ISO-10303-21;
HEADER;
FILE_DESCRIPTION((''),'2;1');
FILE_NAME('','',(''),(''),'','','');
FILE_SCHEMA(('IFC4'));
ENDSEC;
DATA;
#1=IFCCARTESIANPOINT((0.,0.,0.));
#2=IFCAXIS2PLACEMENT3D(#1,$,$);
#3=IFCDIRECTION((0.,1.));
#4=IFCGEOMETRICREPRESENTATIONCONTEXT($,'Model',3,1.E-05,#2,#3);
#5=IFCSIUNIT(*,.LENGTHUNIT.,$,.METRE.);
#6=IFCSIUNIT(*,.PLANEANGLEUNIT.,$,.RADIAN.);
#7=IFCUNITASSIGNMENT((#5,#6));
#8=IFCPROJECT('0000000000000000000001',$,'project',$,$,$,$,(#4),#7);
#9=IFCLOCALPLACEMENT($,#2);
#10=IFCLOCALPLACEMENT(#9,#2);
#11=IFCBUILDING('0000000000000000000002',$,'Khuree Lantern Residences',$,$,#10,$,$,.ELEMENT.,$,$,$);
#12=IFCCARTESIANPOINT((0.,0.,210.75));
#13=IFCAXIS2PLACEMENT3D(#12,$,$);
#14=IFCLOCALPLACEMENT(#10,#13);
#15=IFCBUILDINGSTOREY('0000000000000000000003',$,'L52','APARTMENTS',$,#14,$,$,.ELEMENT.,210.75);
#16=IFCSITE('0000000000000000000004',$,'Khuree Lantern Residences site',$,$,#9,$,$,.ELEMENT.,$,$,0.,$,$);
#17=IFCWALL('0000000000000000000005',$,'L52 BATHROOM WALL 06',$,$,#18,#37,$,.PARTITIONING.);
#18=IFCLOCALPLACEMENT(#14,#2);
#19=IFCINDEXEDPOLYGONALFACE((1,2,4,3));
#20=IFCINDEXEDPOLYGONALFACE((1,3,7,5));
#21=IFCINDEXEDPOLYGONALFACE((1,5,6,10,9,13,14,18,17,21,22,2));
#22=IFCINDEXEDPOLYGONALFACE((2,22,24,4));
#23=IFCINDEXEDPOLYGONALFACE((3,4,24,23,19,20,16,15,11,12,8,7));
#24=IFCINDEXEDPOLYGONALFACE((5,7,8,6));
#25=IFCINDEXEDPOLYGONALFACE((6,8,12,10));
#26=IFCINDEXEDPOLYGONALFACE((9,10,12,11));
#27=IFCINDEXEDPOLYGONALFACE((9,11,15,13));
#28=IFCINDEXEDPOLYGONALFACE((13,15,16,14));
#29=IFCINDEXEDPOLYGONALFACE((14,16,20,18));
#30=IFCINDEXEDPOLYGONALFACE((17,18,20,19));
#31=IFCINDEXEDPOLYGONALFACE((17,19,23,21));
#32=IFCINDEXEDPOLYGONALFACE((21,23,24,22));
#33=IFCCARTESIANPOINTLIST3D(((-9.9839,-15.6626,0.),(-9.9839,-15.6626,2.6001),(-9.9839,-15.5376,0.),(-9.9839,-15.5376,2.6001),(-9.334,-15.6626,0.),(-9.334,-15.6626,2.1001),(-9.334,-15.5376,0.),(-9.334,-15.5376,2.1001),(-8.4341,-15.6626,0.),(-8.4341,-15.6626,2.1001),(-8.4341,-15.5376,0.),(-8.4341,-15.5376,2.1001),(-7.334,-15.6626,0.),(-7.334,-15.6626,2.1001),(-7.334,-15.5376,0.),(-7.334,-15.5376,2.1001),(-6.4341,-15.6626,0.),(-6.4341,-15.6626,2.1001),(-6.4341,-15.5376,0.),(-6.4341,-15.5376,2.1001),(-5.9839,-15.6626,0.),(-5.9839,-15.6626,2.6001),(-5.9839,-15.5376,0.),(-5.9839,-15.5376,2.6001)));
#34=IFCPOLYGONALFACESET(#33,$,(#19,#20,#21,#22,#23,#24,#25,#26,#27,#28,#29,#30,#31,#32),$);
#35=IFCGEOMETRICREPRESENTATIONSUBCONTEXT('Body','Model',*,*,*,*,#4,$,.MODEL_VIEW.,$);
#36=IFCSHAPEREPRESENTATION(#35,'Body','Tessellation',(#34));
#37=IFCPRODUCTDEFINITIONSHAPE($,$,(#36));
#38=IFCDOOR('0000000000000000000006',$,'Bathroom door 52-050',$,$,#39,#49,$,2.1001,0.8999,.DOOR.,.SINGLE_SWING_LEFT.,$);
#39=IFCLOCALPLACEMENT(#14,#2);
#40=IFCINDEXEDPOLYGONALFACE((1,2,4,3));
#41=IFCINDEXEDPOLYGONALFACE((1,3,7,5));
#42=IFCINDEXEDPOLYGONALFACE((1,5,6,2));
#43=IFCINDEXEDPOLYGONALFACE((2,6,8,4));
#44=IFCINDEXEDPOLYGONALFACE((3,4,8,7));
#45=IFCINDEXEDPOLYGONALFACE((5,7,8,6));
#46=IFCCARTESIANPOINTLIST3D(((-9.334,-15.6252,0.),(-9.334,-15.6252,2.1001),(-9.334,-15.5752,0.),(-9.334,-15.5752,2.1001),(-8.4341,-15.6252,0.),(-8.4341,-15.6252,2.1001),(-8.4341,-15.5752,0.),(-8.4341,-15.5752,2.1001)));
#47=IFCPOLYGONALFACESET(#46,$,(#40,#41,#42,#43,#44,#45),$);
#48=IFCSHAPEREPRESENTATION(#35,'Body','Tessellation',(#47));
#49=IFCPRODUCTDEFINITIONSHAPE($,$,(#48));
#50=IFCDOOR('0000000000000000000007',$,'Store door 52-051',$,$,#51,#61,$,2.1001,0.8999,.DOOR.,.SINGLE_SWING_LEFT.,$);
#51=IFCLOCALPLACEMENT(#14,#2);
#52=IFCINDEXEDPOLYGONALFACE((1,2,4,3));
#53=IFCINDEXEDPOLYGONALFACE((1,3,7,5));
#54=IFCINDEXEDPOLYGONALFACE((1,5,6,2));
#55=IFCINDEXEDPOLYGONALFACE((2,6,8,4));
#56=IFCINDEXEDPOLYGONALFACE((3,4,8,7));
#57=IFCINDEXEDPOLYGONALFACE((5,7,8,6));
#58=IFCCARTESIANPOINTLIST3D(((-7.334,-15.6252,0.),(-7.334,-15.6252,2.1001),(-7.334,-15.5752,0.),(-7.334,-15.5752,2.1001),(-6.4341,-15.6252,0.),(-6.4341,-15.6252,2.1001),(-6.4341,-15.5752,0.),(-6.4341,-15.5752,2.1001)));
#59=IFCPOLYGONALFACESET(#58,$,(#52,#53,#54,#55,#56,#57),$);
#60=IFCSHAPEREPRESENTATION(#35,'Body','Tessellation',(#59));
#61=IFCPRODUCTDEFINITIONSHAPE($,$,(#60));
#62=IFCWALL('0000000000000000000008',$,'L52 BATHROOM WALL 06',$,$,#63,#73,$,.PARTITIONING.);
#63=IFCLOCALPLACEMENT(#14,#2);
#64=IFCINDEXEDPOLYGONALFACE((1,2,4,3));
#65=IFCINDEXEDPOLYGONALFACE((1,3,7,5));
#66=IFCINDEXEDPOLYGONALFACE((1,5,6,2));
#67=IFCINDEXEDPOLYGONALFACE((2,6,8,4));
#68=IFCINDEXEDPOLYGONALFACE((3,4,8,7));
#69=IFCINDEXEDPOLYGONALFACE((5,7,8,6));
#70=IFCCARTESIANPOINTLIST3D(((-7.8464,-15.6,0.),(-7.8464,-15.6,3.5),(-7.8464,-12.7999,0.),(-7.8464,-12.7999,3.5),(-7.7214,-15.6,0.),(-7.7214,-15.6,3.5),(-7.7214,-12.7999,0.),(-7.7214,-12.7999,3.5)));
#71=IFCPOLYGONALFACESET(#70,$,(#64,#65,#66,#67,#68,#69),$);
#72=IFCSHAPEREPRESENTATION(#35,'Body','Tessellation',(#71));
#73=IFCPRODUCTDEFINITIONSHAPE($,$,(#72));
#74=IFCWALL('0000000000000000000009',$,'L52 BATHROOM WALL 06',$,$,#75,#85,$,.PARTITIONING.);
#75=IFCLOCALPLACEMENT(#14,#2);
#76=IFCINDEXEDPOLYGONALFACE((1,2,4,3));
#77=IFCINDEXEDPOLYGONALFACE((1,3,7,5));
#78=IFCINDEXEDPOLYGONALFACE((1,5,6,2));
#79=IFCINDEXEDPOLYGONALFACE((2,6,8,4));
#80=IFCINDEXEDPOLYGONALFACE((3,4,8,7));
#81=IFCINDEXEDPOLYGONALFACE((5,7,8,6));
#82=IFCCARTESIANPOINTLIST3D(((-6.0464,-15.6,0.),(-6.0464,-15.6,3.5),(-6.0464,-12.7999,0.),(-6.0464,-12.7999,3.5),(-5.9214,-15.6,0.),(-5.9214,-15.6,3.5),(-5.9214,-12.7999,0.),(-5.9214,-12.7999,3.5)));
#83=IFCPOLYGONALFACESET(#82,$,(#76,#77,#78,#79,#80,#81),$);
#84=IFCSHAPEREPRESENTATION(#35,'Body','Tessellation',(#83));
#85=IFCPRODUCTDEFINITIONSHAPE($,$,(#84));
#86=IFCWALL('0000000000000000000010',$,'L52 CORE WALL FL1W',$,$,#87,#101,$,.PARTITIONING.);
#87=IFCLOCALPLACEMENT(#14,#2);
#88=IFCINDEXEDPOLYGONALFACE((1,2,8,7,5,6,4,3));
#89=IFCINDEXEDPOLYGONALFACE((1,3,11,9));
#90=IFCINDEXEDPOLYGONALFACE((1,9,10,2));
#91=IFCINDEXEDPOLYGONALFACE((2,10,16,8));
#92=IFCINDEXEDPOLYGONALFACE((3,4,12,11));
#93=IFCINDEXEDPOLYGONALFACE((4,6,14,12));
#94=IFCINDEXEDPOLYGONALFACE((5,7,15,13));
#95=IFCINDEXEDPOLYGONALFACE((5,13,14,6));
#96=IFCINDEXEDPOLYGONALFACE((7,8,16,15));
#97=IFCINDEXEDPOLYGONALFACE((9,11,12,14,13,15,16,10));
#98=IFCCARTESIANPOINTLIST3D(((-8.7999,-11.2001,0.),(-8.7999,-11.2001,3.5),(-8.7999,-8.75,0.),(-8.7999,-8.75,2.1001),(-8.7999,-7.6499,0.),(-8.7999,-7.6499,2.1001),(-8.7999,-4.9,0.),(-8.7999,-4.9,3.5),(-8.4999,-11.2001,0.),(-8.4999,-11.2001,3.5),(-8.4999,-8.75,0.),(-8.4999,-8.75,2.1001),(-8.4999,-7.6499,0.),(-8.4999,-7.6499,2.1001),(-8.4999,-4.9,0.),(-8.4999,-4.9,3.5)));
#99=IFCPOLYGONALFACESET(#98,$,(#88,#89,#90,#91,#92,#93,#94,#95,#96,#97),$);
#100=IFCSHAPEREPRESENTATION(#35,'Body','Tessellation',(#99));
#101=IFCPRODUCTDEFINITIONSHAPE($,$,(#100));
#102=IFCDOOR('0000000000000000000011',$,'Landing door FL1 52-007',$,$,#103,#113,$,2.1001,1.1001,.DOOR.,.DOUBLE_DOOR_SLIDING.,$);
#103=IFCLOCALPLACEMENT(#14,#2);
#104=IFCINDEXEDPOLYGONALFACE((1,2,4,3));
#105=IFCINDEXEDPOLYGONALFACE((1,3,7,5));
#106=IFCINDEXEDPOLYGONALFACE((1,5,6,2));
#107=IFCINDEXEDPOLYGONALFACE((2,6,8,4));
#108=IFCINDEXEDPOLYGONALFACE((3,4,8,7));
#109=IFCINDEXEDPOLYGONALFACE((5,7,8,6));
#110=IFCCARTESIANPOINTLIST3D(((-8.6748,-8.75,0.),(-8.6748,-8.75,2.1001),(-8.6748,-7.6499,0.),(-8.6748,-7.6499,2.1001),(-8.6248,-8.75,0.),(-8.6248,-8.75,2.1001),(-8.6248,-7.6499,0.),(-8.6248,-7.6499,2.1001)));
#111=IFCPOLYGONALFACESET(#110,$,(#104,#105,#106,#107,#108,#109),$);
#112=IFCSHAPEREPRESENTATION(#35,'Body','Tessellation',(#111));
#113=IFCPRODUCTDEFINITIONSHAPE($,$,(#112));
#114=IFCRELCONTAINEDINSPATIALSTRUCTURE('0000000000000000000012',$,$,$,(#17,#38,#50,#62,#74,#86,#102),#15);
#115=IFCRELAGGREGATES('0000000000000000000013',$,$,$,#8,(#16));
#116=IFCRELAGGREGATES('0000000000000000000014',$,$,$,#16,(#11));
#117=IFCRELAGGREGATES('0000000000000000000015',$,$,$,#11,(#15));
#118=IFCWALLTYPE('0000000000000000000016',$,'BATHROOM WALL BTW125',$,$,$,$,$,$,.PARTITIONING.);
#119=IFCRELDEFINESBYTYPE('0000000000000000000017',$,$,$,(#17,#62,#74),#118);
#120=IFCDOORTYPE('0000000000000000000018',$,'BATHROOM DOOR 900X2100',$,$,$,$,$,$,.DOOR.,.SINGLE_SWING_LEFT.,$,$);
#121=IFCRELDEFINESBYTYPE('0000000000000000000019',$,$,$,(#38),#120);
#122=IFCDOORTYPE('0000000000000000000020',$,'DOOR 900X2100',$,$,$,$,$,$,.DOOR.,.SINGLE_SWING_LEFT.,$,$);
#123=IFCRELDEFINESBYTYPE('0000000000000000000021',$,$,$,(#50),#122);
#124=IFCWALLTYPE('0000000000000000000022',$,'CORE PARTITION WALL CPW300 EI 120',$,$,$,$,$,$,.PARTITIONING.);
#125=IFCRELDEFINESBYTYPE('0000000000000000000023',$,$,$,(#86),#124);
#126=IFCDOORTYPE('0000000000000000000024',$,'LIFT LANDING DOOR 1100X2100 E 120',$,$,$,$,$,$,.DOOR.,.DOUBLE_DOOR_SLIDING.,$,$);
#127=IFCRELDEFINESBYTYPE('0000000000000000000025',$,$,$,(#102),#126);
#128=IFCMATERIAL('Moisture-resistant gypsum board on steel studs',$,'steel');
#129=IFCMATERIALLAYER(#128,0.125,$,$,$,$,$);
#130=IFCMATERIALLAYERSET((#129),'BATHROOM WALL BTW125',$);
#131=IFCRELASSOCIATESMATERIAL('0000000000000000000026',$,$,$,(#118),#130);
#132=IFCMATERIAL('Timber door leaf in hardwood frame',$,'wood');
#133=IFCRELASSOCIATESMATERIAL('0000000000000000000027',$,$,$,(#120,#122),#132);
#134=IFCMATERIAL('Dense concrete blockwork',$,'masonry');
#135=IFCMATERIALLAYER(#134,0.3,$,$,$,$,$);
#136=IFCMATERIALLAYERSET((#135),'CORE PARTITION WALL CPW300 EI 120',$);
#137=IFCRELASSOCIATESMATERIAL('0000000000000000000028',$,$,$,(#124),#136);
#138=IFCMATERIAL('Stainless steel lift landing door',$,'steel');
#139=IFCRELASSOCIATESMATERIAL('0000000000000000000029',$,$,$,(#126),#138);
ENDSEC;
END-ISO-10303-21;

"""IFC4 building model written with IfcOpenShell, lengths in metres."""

from ifc_helpers import new_model, si_unit, direction, frame, frame_2d, origin, place, context, subcontext, project, spatial, rectangle, extrude, material, layer, layer_set, type_object, element, fill, save


model = new_model("IFC4")

# Units and contexts
model_context = context("Model", 3, precision=1e-05, world=origin(), true_north=direction((0.0, 1.0)))
body_context = subcontext(model_context, "Body", "Model", "MODEL_VIEW")
ifc_project = project(units=[si_unit("LENGTHUNIT", "METRE"), si_unit("PLANEANGLEUNIT", "RADIAN")], contexts=[model_context])

# Site, building, storey
site_placement = place(None, origin())
site = spatial("IfcSite", under=ifc_project, at=site_placement, Name="Khuree Lantern Residences site", CompositionType="ELEMENT", RefElevation=0.0)
building_placement = place(site_placement, origin())
building = spatial("IfcBuilding", under=site, at=building_placement, Name="Khuree Lantern Residences", CompositionType="ELEMENT")
storey_placement = place(building_placement, frame((0.0, 0.0, 210.75)))
storey = spatial("IfcBuildingStorey", under=building, at=storey_placement, Name="L52", Description="APARTMENTS", CompositionType="ELEMENT", Elevation=210.75)

# Wall, openings, doors
ifc_material_1 = material(Name="Moisture-resistant gypsum board on steel studs", Category="steel")
ifc_layer_1 = layer(ifc_material_1, 0.125)
ifc_layer_set_1 = layer_set([ifc_layer_1], Name="BATHROOM WALL BTW125")
wall_type_1 = type_object("IfcWallType", Name="BATHROOM WALL BTW125", PredefinedType="PARTITIONING", material=ifc_layer_set_1)
wall_1_placement = place(storey_placement, frame((-9.9839, -15.6001, 0.0), z_axis=(0.0, 0.0, 1.0), x_axis=(1.0, 0.0, 0.0)))
wall_1 = element("IfcWall", 1, at=wall_1_placement, inside=storey, type_object=wall_type_1, Name="L52 BATHROOM WALL 06", PredefinedType="PARTITIONING", context=body_context, shape_type="SweptSolid", body=[
    extrude(rectangle(XDim=4.0, YDim=0.125, at=frame_2d((2.0, 0.0))), origin(), (0.0, 0.0, 1.0), 2.6001),
])
opening_1_placement = place(wall_1_placement, frame((0.6499, 0.0, 0.0)))
opening_1 = element("IfcOpeningElement", 2, at=opening_1_placement, cuts=wall_1, PredefinedType="OPENING", context=body_context, shape_type="SweptSolid", body=[
    extrude(rectangle(XDim=0.8999, YDim=2.1001, at=frame_2d((0.45, 1.05))), frame((0.0, 0.0725, 0.0), z_axis=(0.0, -1.0, 0.0), x_axis=(1.0, 0.0, 0.0)), (0.0, 0.0, 1.0), 0.145),
])
opening_2_placement = place(wall_1_placement, frame((2.6499, 0.0, 0.0)))
opening_2 = element("IfcOpeningElement", 3, at=opening_2_placement, cuts=wall_1, PredefinedType="OPENING", context=body_context, shape_type="SweptSolid", body=[
    extrude(rectangle(XDim=0.8999, YDim=2.1001, at=frame_2d((0.45, 1.05))), frame((0.0, 0.0725, 0.0), z_axis=(0.0, -1.0, 0.0), x_axis=(1.0, 0.0, 0.0)), (0.0, 0.0, 1.0), 0.145),
])
ifc_material_2 = material(Name="Timber door leaf in hardwood frame", Category="wood")
door_type_1 = type_object("IfcDoorType", Name="BATHROOM DOOR 900X2100", OperationType="SINGLE_SWING_LEFT", PredefinedType="DOOR", material=ifc_material_2)
door_1_placement = place(opening_1_placement, origin())
door_1 = element("IfcDoor", 4, at=door_1_placement, inside=storey, type_object=door_type_1, Name="Bathroom door 52-050", OperationType="SINGLE_SWING_LEFT", OverallHeight=2.1001, OverallWidth=0.8999, PredefinedType="DOOR", context=body_context, shape_type="SweptSolid", body=[
    extrude(rectangle(XDim=0.8999, YDim=2.1001, at=frame_2d((0.45, 1.05))), frame((0.0, 0.0249, 0.0), z_axis=(0.0, -1.0, 0.0), x_axis=(1.0, 0.0, 0.0)), (0.0, 0.0, 1.0), 0.05),
])
fill(opening_1, door_1)
door_type_2 = type_object("IfcDoorType", Name="DOOR 900X2100", OperationType="SINGLE_SWING_LEFT", PredefinedType="DOOR", material=ifc_material_2)
door_2_placement = place(opening_2_placement, origin())
door_2 = element("IfcDoor", 5, at=door_2_placement, inside=storey, type_object=door_type_2, Name="Store door 52-051", OperationType="SINGLE_SWING_LEFT", OverallHeight=2.1001, OverallWidth=0.8999, PredefinedType="DOOR", context=body_context, shape_type="SweptSolid", body=[
    extrude(rectangle(XDim=0.8999, YDim=2.1001, at=frame_2d((0.45, 1.05))), frame((0.0, 0.0249, 0.0), z_axis=(0.0, -1.0, 0.0), x_axis=(1.0, 0.0, 0.0)), (0.0, 0.0, 1.0), 0.05),
])
fill(opening_2, door_2)

# Walls
for number, where, z_axis, x_axis, name in (
    (6, (-7.7839, -12.8, 0.0), (0.0, 0.0, 1.0), (0.0, -1.0, 0.0), "L52 BATHROOM WALL 06"),
    (7, (-5.9839, -12.8, 0.0), (0.0, 0.0, 1.0), (0.0, -1.0, 0.0), "L52 BATHROOM WALL 06"),
):
    element("IfcWall", number, at=place(storey_placement, frame(where, z_axis=z_axis, x_axis=x_axis)), inside=storey, type_object=wall_type_1, Name=name, PredefinedType="PARTITIONING", context=body_context, shape_type="SweptSolid", body=[
        extrude(rectangle(XDim=2.8, YDim=0.125, at=frame_2d((1.3999, 0.0))), origin(), (0.0, 0.0, 1.0), 3.5),
    ])

# Wall, opening, door
ifc_material_3 = material(Name="Dense concrete blockwork", Category="masonry")
ifc_layer_2 = layer(ifc_material_3, 0.3)
ifc_layer_set_2 = layer_set([ifc_layer_2], Name="CORE PARTITION WALL CPW300 EI 120")
wall_type_2 = type_object("IfcWallType", Name="CORE PARTITION WALL CPW300 EI 120", PredefinedType="PARTITIONING", material=ifc_layer_set_2)
wall_2_placement = place(storey_placement, frame((-8.6499, -11.2, 0.0), z_axis=(0.0, 0.0, 1.0), x_axis=(0.0, 1.0, 0.0)))
wall_2 = element("IfcWall", 8, at=wall_2_placement, inside=storey, type_object=wall_type_2, Name="L52 CORE WALL FL1W", PredefinedType="PARTITIONING", context=body_context, shape_type="SweptSolid", body=[
    extrude(rectangle(XDim=6.3, YDim=0.3, at=frame_2d((3.1499, 0.0))), origin(), (0.0, 0.0, 1.0), 3.5),
])
opening_3_placement = place(wall_2_placement, frame((2.45, 0.0, 0.0)))
opening_3 = element("IfcOpeningElement", 9, at=opening_3_placement, cuts=wall_2, PredefinedType="OPENING", context=body_context, shape_type="SweptSolid", body=[
    extrude(rectangle(XDim=1.1001, YDim=2.1001, at=frame_2d((0.55, 1.05))), frame((0.0, 0.1602, 0.0), z_axis=(0.0, -1.0, 0.0), x_axis=(1.0, 0.0, 0.0)), (0.0, 0.0, 1.0), 0.3201),
])
ifc_material_4 = material(Name="Stainless steel lift landing door", Category="steel")
door_type_3 = type_object("IfcDoorType", Name="LIFT LANDING DOOR 1100X2100 E 120", OperationType="DOUBLE_DOOR_SLIDING", PredefinedType="DOOR", material=ifc_material_4)
door_3_placement = place(opening_3_placement, origin())
door_3 = element("IfcDoor", 10, at=door_3_placement, inside=storey, type_object=door_type_3, Name="Landing door FL1 52-007", OperationType="DOUBLE_DOOR_SLIDING", OverallHeight=2.1001, OverallWidth=1.1001, PredefinedType="DOOR", context=body_context, shape_type="SweptSolid", body=[
    extrude(rectangle(XDim=1.1001, YDim=2.1001, at=frame_2d((0.55, 1.05))), frame((0.0, 0.0249, 0.0), z_axis=(0.0, -1.0, 0.0), x_axis=(1.0, 0.0, 0.0)), (0.0, 0.0, 1.0), 0.05),
])
fill(opening_3, door_3)

save(model, "model.ifc")
